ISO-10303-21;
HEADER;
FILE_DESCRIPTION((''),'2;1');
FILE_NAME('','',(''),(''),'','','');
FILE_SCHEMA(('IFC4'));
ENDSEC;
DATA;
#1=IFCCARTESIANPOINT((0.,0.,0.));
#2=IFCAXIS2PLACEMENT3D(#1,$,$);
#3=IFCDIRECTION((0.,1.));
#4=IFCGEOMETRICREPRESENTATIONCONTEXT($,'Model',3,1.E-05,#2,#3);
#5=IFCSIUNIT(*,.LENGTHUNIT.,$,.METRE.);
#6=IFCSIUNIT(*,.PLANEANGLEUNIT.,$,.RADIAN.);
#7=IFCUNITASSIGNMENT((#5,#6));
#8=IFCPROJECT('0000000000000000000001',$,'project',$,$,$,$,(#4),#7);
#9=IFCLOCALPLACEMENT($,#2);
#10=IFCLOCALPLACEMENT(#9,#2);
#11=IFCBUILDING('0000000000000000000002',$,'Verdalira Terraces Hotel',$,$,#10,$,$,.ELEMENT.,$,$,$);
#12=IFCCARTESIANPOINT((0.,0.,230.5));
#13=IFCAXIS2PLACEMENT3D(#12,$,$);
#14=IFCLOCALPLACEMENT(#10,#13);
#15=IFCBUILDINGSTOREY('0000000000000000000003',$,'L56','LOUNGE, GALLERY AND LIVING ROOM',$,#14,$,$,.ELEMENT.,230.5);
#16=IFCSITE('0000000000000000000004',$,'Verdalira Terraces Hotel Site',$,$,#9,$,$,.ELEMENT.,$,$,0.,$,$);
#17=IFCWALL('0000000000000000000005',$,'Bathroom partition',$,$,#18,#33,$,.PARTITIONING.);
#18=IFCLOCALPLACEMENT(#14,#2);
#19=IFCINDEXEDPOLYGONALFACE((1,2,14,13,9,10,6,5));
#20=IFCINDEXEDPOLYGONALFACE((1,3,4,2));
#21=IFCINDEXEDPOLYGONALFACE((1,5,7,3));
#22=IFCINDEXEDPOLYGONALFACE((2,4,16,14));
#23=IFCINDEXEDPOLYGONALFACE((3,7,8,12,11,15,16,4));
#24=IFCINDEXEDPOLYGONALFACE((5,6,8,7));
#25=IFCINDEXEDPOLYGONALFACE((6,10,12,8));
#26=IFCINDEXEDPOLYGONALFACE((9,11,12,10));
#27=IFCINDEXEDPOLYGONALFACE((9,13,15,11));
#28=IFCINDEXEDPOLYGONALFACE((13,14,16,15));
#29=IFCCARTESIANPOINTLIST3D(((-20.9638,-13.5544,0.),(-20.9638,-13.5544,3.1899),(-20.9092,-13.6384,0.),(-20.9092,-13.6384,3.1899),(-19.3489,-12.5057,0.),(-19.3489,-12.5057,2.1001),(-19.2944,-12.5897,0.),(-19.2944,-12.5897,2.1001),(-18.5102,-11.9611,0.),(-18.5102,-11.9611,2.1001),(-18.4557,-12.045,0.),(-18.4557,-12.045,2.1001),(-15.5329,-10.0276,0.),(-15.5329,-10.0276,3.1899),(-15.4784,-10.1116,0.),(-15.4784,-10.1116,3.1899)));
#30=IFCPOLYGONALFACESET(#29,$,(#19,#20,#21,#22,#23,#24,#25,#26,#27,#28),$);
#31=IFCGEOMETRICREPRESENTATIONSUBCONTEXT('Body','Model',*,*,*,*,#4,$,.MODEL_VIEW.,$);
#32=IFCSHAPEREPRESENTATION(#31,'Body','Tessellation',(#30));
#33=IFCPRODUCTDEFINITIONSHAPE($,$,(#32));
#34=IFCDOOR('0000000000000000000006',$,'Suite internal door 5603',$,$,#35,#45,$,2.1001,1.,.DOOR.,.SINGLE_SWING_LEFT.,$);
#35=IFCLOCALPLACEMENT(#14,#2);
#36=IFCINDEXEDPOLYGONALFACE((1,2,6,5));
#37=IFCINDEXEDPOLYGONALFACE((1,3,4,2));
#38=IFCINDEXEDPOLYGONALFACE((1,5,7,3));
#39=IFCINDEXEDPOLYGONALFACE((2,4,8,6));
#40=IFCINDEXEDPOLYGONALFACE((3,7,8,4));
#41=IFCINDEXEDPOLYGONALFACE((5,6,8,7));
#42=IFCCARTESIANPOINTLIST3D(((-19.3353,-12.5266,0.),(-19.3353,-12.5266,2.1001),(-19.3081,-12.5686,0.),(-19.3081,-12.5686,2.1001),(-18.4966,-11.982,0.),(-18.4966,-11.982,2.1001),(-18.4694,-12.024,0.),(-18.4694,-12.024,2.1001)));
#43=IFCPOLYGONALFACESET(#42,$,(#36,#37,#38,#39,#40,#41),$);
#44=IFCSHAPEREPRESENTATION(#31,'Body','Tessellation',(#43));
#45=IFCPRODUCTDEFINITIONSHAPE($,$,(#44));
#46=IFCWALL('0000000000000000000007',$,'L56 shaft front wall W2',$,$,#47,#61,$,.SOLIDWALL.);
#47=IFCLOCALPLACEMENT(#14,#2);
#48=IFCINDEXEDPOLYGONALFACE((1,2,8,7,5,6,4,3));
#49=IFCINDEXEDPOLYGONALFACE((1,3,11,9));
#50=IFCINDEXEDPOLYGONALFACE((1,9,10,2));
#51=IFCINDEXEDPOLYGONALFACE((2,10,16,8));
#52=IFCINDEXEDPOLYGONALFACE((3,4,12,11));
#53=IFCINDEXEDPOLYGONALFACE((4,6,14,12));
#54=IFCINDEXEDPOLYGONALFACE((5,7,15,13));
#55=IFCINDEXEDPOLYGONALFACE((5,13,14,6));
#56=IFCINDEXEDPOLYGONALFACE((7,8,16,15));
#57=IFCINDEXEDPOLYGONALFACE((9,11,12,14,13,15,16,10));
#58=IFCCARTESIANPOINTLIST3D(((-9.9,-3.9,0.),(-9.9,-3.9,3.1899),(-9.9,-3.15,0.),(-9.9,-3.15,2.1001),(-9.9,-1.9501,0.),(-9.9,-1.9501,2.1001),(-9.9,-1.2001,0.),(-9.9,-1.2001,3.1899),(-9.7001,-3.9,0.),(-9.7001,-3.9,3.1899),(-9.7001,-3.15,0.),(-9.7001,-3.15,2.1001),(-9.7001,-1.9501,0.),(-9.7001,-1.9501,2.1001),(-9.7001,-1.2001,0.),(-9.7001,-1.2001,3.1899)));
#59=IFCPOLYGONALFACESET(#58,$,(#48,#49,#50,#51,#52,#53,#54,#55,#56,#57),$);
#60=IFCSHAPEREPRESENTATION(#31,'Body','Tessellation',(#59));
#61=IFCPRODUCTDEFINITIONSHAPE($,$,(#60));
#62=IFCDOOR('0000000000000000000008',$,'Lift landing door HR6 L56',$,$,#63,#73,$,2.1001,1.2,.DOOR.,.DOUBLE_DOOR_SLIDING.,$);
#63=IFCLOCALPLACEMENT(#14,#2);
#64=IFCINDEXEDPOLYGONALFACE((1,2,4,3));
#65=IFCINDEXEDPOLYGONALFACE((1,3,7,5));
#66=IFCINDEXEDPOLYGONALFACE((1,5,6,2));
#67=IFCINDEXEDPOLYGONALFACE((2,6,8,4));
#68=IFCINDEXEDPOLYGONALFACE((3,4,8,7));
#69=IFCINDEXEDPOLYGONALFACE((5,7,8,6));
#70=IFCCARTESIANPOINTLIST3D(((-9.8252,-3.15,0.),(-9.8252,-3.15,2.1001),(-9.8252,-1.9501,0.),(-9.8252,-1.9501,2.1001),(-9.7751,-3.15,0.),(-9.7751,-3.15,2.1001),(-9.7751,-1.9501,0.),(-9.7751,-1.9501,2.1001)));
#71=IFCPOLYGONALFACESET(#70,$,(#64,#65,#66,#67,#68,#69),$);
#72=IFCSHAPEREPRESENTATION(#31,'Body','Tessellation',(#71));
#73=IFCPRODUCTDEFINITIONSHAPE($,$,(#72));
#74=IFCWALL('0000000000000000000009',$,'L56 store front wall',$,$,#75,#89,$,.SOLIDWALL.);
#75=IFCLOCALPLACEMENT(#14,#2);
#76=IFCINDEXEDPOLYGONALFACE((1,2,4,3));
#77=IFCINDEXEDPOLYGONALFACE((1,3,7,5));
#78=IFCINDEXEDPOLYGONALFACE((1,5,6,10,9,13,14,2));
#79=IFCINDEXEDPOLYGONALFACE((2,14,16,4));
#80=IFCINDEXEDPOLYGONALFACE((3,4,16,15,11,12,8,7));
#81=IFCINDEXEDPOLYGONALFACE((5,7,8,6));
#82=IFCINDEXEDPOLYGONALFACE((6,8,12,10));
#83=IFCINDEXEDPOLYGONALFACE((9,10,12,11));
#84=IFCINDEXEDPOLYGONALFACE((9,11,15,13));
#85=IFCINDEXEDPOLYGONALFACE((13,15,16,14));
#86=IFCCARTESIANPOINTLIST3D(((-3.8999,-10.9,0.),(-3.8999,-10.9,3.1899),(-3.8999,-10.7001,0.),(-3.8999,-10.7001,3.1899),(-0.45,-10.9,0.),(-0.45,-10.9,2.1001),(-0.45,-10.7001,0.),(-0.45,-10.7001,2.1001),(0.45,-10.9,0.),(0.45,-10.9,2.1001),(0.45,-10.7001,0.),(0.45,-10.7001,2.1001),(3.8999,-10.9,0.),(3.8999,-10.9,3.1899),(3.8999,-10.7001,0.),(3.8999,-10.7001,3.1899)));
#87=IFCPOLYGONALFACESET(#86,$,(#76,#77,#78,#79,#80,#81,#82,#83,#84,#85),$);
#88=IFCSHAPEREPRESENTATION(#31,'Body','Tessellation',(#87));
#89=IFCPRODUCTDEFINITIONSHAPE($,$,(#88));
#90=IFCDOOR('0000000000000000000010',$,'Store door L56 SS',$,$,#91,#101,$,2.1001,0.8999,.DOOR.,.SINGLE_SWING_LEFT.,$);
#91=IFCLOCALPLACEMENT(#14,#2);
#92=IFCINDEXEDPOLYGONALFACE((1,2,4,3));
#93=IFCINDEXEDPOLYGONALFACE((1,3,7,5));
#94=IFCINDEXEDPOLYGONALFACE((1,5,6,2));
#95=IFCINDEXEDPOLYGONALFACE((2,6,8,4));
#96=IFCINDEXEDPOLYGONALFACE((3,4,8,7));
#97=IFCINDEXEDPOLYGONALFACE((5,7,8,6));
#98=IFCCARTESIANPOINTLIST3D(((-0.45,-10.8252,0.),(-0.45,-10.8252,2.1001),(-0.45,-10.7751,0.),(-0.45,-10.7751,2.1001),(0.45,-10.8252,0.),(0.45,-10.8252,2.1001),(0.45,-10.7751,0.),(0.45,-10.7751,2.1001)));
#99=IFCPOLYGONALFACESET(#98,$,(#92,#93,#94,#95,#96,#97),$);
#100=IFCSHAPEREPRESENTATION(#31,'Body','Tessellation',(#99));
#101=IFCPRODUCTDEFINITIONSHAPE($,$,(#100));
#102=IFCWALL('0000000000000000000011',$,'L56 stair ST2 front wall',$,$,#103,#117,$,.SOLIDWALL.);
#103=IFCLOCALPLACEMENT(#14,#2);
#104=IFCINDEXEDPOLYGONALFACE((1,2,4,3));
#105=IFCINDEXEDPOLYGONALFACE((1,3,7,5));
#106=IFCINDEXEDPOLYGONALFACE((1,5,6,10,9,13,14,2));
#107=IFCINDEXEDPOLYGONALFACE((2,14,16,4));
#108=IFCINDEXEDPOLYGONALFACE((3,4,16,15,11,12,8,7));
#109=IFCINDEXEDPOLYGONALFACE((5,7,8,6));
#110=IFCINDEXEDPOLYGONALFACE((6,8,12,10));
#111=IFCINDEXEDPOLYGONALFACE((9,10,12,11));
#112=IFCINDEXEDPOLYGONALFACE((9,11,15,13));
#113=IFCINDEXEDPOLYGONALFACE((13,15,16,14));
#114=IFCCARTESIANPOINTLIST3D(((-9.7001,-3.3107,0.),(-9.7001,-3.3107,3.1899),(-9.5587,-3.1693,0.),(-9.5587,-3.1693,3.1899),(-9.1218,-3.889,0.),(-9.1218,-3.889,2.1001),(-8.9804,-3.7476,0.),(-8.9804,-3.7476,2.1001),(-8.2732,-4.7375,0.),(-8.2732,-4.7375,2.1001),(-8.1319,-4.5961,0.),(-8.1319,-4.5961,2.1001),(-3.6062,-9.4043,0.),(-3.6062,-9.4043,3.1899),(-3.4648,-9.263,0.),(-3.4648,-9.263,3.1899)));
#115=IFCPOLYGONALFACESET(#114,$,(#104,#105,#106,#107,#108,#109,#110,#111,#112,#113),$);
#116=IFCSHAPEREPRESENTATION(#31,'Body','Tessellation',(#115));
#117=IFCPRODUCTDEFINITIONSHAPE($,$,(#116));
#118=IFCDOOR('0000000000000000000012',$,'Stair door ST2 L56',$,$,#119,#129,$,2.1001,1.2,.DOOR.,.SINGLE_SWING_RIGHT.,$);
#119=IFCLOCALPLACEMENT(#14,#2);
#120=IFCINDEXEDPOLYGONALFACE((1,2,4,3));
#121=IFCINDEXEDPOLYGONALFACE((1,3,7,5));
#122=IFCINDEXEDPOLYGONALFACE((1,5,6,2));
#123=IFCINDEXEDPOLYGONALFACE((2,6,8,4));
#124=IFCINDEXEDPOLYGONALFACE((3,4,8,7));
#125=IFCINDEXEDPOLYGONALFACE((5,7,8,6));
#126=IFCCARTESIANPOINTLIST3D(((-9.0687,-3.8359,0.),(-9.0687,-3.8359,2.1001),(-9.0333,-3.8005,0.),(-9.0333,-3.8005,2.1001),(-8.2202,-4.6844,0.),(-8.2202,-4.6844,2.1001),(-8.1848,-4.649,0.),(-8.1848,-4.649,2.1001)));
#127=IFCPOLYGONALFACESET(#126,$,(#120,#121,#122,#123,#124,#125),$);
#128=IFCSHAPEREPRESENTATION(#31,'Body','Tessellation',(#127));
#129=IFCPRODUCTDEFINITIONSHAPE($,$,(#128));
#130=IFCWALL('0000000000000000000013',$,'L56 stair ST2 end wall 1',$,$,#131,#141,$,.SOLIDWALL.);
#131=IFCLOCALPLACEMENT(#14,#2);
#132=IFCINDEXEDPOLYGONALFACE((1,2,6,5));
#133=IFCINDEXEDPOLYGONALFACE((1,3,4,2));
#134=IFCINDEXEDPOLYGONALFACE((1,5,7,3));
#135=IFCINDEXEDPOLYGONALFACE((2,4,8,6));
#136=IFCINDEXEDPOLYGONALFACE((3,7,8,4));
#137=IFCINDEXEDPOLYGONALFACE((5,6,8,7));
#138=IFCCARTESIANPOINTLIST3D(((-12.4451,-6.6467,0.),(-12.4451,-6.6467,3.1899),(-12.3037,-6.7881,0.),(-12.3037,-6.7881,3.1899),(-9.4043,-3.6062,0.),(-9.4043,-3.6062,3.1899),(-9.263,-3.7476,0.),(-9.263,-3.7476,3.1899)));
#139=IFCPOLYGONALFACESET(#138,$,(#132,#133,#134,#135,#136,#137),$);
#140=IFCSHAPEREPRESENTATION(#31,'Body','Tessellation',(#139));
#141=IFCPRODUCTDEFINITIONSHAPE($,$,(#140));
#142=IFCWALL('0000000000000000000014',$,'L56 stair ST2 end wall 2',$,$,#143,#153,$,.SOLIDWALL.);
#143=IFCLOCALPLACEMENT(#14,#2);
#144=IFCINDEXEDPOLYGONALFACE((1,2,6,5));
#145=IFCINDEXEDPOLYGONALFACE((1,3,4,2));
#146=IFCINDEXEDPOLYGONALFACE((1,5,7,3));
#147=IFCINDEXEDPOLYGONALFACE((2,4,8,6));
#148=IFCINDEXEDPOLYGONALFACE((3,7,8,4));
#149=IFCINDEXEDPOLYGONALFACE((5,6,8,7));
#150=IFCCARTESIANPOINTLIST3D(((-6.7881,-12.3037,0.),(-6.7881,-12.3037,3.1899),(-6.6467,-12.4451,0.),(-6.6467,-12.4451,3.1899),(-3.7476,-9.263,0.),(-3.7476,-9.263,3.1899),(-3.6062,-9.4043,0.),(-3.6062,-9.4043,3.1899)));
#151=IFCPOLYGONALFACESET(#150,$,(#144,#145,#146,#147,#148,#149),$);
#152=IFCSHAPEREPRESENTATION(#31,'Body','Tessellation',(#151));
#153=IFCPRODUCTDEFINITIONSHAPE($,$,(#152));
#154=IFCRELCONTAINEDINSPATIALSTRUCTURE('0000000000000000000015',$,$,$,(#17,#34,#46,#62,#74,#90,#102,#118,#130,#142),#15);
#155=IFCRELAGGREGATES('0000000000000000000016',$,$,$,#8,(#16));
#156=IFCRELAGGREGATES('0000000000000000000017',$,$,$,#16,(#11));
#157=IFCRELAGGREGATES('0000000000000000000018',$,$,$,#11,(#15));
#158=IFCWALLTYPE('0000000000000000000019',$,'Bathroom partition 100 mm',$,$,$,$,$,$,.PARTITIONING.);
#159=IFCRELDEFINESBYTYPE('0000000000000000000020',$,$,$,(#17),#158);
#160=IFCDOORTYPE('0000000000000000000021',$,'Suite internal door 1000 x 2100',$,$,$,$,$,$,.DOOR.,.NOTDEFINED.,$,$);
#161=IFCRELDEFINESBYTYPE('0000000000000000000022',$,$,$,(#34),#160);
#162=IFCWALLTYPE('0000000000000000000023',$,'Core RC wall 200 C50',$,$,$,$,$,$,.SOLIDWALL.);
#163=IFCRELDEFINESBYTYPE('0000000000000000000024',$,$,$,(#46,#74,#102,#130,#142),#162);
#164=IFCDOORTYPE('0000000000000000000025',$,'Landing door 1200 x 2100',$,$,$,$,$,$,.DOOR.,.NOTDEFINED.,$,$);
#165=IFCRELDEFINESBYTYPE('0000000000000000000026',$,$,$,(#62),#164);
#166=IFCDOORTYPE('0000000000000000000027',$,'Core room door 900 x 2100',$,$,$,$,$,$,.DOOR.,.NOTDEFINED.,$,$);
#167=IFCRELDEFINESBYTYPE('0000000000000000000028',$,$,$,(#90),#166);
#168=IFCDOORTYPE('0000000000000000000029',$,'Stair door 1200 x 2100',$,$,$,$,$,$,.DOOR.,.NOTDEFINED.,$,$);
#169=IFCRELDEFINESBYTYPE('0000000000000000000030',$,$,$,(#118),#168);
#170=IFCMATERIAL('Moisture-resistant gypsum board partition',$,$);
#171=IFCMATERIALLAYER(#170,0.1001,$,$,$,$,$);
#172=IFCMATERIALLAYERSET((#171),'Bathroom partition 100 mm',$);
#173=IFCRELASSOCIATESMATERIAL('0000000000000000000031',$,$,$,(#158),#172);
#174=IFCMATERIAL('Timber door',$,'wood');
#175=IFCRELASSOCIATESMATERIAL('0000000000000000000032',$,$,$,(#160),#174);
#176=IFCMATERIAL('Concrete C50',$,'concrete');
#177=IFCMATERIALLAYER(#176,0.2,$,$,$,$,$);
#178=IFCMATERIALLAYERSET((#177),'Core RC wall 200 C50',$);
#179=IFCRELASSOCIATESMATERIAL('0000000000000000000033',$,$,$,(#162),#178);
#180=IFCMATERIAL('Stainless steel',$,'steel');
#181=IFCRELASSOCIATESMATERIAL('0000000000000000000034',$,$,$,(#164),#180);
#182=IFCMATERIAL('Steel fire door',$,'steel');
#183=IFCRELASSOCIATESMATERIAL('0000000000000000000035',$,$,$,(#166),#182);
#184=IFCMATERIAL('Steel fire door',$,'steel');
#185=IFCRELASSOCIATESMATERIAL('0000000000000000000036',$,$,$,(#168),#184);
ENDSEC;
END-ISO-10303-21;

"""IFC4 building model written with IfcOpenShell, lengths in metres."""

from ifc_helpers import new_model, si_unit, direction, frame, frame_2d, origin, place, context, subcontext, project, spatial, rectangle, extrude, material, layer, layer_set, type_object, element, fill, save


model = new_model("IFC4")

# Units and contexts
model_context = context("Model", 3, precision=1e-05, world=origin(), true_north=direction((0.0, 1.0)))
body_context = subcontext(model_context, "Body", "Model", "MODEL_VIEW")
ifc_project = project(units=[si_unit("LENGTHUNIT", "METRE"), si_unit("PLANEANGLEUNIT", "RADIAN")], contexts=[model_context])

# Site, building, storey
site_placement = place(None, origin())
site = spatial("IfcSite", under=ifc_project, at=site_placement, Name="Verdalira Terraces Hotel Site", CompositionType="ELEMENT", RefElevation=0.0)
building_placement = place(site_placement, origin())
building = spatial("IfcBuilding", under=site, at=building_placement, Name="Verdalira Terraces Hotel", CompositionType="ELEMENT")
storey_placement = place(building_placement, frame((0.0, 0.0, 230.5)))
storey = spatial("IfcBuildingStorey", under=building, at=storey_placement, Name="L56", Description="LOUNGE, GALLERY AND LIVING ROOM", CompositionType="ELEMENT", Elevation=230.5)

# Walls, openings, doors
ifc_material_1 = material(Name="Moisture-resistant gypsum board partition")
ifc_layer_1 = layer(ifc_material_1, 0.1001)
ifc_layer_set_1 = layer_set([ifc_layer_1], Name="Bathroom partition 100 mm")
wall_type_1 = type_object("IfcWallType", Name="Bathroom partition 100 mm", PredefinedType="PARTITIONING", material=ifc_layer_set_1)
wall_1_placement = place(storey_placement, frame((-15.5056, -10.0696, 0.0), z_axis=(0.0, 0.0, 1.0), x_axis=(-0.838672, -0.544637, 0.0)))
wall_1 = element("IfcWall", 1, at=wall_1_placement, inside=storey, type_object=wall_type_1, Name="Bathroom partition", PredefinedType="PARTITIONING", context=body_context, shape_type="SweptSolid", body=[
    extrude(rectangle(XDim=6.4756, YDim=0.1001, at=frame_2d((3.2378, 0.0))), origin(), (0.0, 0.0, 1.0), 3.1899),
])
opening_1_placement = place(wall_1_placement, frame((3.55, 0.0, 0.0)))
opening_1 = element("IfcOpeningElement", 2, at=opening_1_placement, cuts=wall_1, PredefinedType="OPENING", context=body_context, shape_type="SweptSolid", body=[
    extrude(rectangle(XDim=1.0, YDim=2.1001, at=frame_2d((0.5, 1.05))), frame((0.0, 0.0601, 0.0), z_axis=(0.0, -1.0, 0.0), x_axis=(1.0, 0.0, 0.0)), (0.0, 0.0, 1.0), 0.1201),
])
ifc_material_2 = material(Name="Timber door", Category="wood")
door_type_1 = type_object("IfcDoorType", Name="Suite internal door 1000 x 2100", OperationType="NOTDEFINED", PredefinedType="DOOR", material=ifc_material_2)
door_1_placement = place(opening_1_placement, origin())
door_1 = element("IfcDoor", 3, at=door_1_placement, inside=storey, type_object=door_type_1, Name="Suite internal door 5603", OperationType="SINGLE_SWING_LEFT", OverallHeight=2.1001, OverallWidth=1.0, PredefinedType="DOOR", context=body_context, shape_type="SweptSolid", body=[
    extrude(rectangle(XDim=1.0, YDim=2.1001, at=frame_2d((0.5, 1.05))), frame((0.0, 0.0249, 0.0), z_axis=(0.0, -1.0, 0.0), x_axis=(1.0, 0.0, 0.0)), (0.0, 0.0, 1.0), 0.05),
])
fill(opening_1, door_1)
ifc_material_3 = material(Name="Concrete C50", Category="concrete")
ifc_layer_2 = layer(ifc_material_3, 0.2)
ifc_layer_set_2 = layer_set([ifc_layer_2], Name="Core RC wall 200 C50")
wall_type_2 = type_object("IfcWallType", Name="Core RC wall 200 C50", PredefinedType="SOLIDWALL", material=ifc_layer_set_2)
wall_2_placement = place(storey_placement, frame((-9.8, -1.2, 0.0), z_axis=(0.0, 0.0, 1.0), x_axis=(0.0, -1.0, 0.0)))
wall_2 = element("IfcWall", 4, at=wall_2_placement, inside=storey, type_object=wall_type_2, Name="L56 shaft front wall W2", PredefinedType="SOLIDWALL", context=body_context, shape_type="SweptSolid", body=[
    extrude(rectangle(XDim=2.7, YDim=0.2, at=frame_2d((1.3501, 0.0))), origin(), (0.0, 0.0, 1.0), 3.1899),
])
opening_2_placement = place(wall_2_placement, frame((0.75, 0.0, 0.0)))
opening_2 = element("IfcOpeningElement", 5, at=opening_2_placement, cuts=wall_2, PredefinedType="OPENING", context=body_context, shape_type="SweptSolid", body=[
    extrude(rectangle(XDim=1.2, YDim=2.1001, at=frame_2d((0.6001, 1.05))), frame((0.0, 0.1099, 0.0), z_axis=(0.0, -1.0, 0.0), x_axis=(1.0, 0.0, 0.0)), (0.0, 0.0, 1.0), 0.22),
])
ifc_material_4 = material(Name="Stainless steel", Category="steel")
door_type_2 = type_object("IfcDoorType", Name="Landing door 1200 x 2100", OperationType="NOTDEFINED", PredefinedType="DOOR", material=ifc_material_4)
door_2_placement = place(opening_2_placement, origin())
door_2 = element("IfcDoor", 6, at=door_2_placement, inside=storey, type_object=door_type_2, Name="Lift landing door HR6 L56", OperationType="DOUBLE_DOOR_SLIDING", OverallHeight=2.1001, OverallWidth=1.2, PredefinedType="DOOR", context=body_context, shape_type="SweptSolid", body=[
    extrude(rectangle(XDim=1.2, YDim=2.1001, at=frame_2d((0.6001, 1.05))), frame((0.0, 0.0249, 0.0), z_axis=(0.0, -1.0, 0.0), x_axis=(1.0, 0.0, 0.0)), (0.0, 0.0, 1.0), 0.05),
])
fill(opening_2, door_2)
wall_3_placement = place(storey_placement, frame((-3.8999, -10.8, 0.0), z_axis=(0.0, 0.0, 1.0), x_axis=(1.0, 0.0, 0.0)))
wall_3 = element("IfcWall", 7, at=wall_3_placement, inside=storey, type_object=wall_type_2, Name="L56 store front wall", PredefinedType="SOLIDWALL", context=body_context, shape_type="SweptSolid", body=[
    extrude(rectangle(XDim=7.7998, YDim=0.2, at=frame_2d((3.8999, 0.0))), origin(), (0.0, 0.0, 1.0), 3.1899),
])
opening_3_placement = place(wall_3_placement, frame((3.45, 0.0, 0.0)))
opening_3 = element("IfcOpeningElement", 8, at=opening_3_placement, cuts=wall_3, PredefinedType="OPENING", context=body_context, shape_type="SweptSolid", body=[
    extrude(rectangle(XDim=0.8999, YDim=2.1001, at=frame_2d((0.45, 1.05))), frame((0.0, 0.1099, 0.0), z_axis=(0.0, -1.0, 0.0), x_axis=(1.0, 0.0, 0.0)), (0.0, 0.0, 1.0), 0.22),
])
ifc_material_5 = material(Name="Steel fire door", Category="steel")
door_type_3 = type_object("IfcDoorType", Name="Core room door 900 x 2100", OperationType="NOTDEFINED", PredefinedType="DOOR", material=ifc_material_5)
door_3_placement = place(opening_3_placement, origin())
door_3 = element("IfcDoor", 9, at=door_3_placement, inside=storey, type_object=door_type_3, Name="Store door L56 SS", OperationType="SINGLE_SWING_LEFT", OverallHeight=2.1001, OverallWidth=0.8999, PredefinedType="DOOR", context=body_context, shape_type="SweptSolid", body=[
    extrude(rectangle(XDim=0.8999, YDim=2.1001, at=frame_2d((0.45, 1.05))), frame((0.0, 0.0249, 0.0), z_axis=(0.0, -1.0, 0.0), x_axis=(1.0, 0.0, 0.0)), (0.0, 0.0, 1.0), 0.05),
])
fill(opening_3, door_3)
wall_4_placement = place(storey_placement, frame((-3.5354, -9.3337, 0.0), z_axis=(0.0, 0.0, 1.0), x_axis=(-0.707121, 0.707093, 0.0)))
wall_4 = element("IfcWall", 10, at=wall_4_placement, inside=storey, type_object=wall_type_2, Name="L56 stair ST2 front wall", PredefinedType="SOLIDWALL", context=body_context, shape_type="SweptSolid", body=[
    extrude(rectangle(XDim=8.6179, YDim=0.2, at=frame_2d((4.3091, 0.0))), origin(), (0.0, 0.0, 1.0), 3.1899),
])
opening_4_placement = place(wall_4_placement, frame((6.6001, 0.0, 0.0)))
opening_4 = element("IfcOpeningElement", 11, at=opening_4_placement, cuts=wall_4, PredefinedType="OPENING", context=body_context, shape_type="SweptSolid", body=[
    extrude(rectangle(XDim=1.2, YDim=2.1001, at=frame_2d((0.6001, 1.05))), frame((0.0, 0.1099, 0.0), z_axis=(0.0, -1.0, 0.0), x_axis=(1.0, 0.0, 0.0)), (0.0, 0.0, 1.0), 0.22),
])
ifc_material_6 = material(Name="Steel fire door", Category="steel")
door_type_4 = type_object("IfcDoorType", Name="Stair door 1200 x 2100", OperationType="NOTDEFINED", PredefinedType="DOOR", material=ifc_material_6)
door_4_placement = place(opening_4_placement, origin())
door_4 = element("IfcDoor", 12, at=door_4_placement, inside=storey, type_object=door_type_4, Name="Stair door ST2 L56", OperationType="SINGLE_SWING_RIGHT", OverallHeight=2.1001, OverallWidth=1.2, PredefinedType="DOOR", context=body_context, shape_type="SweptSolid", body=[
    extrude(rectangle(XDim=1.2, YDim=2.1001, at=frame_2d((0.6001, 1.05))), frame((0.0, 0.0249, 0.0), z_axis=(0.0, -1.0, 0.0), x_axis=(1.0, 0.0, 0.0)), (0.0, 0.0, 1.0), 0.05),
])
fill(opening_4, door_4)

# Walls
for number, where, z_axis, x_axis, name in (
    (13, (-9.3337, -3.677, 0.0), (0.0, 0.0, 1.0), (-0.707135, -0.707078, 0.0), "L56 stair ST2 end wall 1"),
    (14, (-3.677, -9.3337, 0.0), (0.0, 0.0, 1.0), (-0.707078, -0.707135, 0.0), "L56 stair ST2 end wall 2"),
):
    element("IfcWall", number, at=place(storey_placement, frame(where, z_axis=z_axis, x_axis=x_axis)), inside=storey, type_object=wall_type_2, Name=name, PredefinedType="SOLIDWALL", context=body_context, shape_type="SweptSolid", body=[
        extrude(rectangle(XDim=4.3, YDim=0.2, at=frame_2d((2.1499, 0.0))), origin(), (0.0, 0.0, 1.0), 3.1899),
    ])

save(model, "model.ifc")
